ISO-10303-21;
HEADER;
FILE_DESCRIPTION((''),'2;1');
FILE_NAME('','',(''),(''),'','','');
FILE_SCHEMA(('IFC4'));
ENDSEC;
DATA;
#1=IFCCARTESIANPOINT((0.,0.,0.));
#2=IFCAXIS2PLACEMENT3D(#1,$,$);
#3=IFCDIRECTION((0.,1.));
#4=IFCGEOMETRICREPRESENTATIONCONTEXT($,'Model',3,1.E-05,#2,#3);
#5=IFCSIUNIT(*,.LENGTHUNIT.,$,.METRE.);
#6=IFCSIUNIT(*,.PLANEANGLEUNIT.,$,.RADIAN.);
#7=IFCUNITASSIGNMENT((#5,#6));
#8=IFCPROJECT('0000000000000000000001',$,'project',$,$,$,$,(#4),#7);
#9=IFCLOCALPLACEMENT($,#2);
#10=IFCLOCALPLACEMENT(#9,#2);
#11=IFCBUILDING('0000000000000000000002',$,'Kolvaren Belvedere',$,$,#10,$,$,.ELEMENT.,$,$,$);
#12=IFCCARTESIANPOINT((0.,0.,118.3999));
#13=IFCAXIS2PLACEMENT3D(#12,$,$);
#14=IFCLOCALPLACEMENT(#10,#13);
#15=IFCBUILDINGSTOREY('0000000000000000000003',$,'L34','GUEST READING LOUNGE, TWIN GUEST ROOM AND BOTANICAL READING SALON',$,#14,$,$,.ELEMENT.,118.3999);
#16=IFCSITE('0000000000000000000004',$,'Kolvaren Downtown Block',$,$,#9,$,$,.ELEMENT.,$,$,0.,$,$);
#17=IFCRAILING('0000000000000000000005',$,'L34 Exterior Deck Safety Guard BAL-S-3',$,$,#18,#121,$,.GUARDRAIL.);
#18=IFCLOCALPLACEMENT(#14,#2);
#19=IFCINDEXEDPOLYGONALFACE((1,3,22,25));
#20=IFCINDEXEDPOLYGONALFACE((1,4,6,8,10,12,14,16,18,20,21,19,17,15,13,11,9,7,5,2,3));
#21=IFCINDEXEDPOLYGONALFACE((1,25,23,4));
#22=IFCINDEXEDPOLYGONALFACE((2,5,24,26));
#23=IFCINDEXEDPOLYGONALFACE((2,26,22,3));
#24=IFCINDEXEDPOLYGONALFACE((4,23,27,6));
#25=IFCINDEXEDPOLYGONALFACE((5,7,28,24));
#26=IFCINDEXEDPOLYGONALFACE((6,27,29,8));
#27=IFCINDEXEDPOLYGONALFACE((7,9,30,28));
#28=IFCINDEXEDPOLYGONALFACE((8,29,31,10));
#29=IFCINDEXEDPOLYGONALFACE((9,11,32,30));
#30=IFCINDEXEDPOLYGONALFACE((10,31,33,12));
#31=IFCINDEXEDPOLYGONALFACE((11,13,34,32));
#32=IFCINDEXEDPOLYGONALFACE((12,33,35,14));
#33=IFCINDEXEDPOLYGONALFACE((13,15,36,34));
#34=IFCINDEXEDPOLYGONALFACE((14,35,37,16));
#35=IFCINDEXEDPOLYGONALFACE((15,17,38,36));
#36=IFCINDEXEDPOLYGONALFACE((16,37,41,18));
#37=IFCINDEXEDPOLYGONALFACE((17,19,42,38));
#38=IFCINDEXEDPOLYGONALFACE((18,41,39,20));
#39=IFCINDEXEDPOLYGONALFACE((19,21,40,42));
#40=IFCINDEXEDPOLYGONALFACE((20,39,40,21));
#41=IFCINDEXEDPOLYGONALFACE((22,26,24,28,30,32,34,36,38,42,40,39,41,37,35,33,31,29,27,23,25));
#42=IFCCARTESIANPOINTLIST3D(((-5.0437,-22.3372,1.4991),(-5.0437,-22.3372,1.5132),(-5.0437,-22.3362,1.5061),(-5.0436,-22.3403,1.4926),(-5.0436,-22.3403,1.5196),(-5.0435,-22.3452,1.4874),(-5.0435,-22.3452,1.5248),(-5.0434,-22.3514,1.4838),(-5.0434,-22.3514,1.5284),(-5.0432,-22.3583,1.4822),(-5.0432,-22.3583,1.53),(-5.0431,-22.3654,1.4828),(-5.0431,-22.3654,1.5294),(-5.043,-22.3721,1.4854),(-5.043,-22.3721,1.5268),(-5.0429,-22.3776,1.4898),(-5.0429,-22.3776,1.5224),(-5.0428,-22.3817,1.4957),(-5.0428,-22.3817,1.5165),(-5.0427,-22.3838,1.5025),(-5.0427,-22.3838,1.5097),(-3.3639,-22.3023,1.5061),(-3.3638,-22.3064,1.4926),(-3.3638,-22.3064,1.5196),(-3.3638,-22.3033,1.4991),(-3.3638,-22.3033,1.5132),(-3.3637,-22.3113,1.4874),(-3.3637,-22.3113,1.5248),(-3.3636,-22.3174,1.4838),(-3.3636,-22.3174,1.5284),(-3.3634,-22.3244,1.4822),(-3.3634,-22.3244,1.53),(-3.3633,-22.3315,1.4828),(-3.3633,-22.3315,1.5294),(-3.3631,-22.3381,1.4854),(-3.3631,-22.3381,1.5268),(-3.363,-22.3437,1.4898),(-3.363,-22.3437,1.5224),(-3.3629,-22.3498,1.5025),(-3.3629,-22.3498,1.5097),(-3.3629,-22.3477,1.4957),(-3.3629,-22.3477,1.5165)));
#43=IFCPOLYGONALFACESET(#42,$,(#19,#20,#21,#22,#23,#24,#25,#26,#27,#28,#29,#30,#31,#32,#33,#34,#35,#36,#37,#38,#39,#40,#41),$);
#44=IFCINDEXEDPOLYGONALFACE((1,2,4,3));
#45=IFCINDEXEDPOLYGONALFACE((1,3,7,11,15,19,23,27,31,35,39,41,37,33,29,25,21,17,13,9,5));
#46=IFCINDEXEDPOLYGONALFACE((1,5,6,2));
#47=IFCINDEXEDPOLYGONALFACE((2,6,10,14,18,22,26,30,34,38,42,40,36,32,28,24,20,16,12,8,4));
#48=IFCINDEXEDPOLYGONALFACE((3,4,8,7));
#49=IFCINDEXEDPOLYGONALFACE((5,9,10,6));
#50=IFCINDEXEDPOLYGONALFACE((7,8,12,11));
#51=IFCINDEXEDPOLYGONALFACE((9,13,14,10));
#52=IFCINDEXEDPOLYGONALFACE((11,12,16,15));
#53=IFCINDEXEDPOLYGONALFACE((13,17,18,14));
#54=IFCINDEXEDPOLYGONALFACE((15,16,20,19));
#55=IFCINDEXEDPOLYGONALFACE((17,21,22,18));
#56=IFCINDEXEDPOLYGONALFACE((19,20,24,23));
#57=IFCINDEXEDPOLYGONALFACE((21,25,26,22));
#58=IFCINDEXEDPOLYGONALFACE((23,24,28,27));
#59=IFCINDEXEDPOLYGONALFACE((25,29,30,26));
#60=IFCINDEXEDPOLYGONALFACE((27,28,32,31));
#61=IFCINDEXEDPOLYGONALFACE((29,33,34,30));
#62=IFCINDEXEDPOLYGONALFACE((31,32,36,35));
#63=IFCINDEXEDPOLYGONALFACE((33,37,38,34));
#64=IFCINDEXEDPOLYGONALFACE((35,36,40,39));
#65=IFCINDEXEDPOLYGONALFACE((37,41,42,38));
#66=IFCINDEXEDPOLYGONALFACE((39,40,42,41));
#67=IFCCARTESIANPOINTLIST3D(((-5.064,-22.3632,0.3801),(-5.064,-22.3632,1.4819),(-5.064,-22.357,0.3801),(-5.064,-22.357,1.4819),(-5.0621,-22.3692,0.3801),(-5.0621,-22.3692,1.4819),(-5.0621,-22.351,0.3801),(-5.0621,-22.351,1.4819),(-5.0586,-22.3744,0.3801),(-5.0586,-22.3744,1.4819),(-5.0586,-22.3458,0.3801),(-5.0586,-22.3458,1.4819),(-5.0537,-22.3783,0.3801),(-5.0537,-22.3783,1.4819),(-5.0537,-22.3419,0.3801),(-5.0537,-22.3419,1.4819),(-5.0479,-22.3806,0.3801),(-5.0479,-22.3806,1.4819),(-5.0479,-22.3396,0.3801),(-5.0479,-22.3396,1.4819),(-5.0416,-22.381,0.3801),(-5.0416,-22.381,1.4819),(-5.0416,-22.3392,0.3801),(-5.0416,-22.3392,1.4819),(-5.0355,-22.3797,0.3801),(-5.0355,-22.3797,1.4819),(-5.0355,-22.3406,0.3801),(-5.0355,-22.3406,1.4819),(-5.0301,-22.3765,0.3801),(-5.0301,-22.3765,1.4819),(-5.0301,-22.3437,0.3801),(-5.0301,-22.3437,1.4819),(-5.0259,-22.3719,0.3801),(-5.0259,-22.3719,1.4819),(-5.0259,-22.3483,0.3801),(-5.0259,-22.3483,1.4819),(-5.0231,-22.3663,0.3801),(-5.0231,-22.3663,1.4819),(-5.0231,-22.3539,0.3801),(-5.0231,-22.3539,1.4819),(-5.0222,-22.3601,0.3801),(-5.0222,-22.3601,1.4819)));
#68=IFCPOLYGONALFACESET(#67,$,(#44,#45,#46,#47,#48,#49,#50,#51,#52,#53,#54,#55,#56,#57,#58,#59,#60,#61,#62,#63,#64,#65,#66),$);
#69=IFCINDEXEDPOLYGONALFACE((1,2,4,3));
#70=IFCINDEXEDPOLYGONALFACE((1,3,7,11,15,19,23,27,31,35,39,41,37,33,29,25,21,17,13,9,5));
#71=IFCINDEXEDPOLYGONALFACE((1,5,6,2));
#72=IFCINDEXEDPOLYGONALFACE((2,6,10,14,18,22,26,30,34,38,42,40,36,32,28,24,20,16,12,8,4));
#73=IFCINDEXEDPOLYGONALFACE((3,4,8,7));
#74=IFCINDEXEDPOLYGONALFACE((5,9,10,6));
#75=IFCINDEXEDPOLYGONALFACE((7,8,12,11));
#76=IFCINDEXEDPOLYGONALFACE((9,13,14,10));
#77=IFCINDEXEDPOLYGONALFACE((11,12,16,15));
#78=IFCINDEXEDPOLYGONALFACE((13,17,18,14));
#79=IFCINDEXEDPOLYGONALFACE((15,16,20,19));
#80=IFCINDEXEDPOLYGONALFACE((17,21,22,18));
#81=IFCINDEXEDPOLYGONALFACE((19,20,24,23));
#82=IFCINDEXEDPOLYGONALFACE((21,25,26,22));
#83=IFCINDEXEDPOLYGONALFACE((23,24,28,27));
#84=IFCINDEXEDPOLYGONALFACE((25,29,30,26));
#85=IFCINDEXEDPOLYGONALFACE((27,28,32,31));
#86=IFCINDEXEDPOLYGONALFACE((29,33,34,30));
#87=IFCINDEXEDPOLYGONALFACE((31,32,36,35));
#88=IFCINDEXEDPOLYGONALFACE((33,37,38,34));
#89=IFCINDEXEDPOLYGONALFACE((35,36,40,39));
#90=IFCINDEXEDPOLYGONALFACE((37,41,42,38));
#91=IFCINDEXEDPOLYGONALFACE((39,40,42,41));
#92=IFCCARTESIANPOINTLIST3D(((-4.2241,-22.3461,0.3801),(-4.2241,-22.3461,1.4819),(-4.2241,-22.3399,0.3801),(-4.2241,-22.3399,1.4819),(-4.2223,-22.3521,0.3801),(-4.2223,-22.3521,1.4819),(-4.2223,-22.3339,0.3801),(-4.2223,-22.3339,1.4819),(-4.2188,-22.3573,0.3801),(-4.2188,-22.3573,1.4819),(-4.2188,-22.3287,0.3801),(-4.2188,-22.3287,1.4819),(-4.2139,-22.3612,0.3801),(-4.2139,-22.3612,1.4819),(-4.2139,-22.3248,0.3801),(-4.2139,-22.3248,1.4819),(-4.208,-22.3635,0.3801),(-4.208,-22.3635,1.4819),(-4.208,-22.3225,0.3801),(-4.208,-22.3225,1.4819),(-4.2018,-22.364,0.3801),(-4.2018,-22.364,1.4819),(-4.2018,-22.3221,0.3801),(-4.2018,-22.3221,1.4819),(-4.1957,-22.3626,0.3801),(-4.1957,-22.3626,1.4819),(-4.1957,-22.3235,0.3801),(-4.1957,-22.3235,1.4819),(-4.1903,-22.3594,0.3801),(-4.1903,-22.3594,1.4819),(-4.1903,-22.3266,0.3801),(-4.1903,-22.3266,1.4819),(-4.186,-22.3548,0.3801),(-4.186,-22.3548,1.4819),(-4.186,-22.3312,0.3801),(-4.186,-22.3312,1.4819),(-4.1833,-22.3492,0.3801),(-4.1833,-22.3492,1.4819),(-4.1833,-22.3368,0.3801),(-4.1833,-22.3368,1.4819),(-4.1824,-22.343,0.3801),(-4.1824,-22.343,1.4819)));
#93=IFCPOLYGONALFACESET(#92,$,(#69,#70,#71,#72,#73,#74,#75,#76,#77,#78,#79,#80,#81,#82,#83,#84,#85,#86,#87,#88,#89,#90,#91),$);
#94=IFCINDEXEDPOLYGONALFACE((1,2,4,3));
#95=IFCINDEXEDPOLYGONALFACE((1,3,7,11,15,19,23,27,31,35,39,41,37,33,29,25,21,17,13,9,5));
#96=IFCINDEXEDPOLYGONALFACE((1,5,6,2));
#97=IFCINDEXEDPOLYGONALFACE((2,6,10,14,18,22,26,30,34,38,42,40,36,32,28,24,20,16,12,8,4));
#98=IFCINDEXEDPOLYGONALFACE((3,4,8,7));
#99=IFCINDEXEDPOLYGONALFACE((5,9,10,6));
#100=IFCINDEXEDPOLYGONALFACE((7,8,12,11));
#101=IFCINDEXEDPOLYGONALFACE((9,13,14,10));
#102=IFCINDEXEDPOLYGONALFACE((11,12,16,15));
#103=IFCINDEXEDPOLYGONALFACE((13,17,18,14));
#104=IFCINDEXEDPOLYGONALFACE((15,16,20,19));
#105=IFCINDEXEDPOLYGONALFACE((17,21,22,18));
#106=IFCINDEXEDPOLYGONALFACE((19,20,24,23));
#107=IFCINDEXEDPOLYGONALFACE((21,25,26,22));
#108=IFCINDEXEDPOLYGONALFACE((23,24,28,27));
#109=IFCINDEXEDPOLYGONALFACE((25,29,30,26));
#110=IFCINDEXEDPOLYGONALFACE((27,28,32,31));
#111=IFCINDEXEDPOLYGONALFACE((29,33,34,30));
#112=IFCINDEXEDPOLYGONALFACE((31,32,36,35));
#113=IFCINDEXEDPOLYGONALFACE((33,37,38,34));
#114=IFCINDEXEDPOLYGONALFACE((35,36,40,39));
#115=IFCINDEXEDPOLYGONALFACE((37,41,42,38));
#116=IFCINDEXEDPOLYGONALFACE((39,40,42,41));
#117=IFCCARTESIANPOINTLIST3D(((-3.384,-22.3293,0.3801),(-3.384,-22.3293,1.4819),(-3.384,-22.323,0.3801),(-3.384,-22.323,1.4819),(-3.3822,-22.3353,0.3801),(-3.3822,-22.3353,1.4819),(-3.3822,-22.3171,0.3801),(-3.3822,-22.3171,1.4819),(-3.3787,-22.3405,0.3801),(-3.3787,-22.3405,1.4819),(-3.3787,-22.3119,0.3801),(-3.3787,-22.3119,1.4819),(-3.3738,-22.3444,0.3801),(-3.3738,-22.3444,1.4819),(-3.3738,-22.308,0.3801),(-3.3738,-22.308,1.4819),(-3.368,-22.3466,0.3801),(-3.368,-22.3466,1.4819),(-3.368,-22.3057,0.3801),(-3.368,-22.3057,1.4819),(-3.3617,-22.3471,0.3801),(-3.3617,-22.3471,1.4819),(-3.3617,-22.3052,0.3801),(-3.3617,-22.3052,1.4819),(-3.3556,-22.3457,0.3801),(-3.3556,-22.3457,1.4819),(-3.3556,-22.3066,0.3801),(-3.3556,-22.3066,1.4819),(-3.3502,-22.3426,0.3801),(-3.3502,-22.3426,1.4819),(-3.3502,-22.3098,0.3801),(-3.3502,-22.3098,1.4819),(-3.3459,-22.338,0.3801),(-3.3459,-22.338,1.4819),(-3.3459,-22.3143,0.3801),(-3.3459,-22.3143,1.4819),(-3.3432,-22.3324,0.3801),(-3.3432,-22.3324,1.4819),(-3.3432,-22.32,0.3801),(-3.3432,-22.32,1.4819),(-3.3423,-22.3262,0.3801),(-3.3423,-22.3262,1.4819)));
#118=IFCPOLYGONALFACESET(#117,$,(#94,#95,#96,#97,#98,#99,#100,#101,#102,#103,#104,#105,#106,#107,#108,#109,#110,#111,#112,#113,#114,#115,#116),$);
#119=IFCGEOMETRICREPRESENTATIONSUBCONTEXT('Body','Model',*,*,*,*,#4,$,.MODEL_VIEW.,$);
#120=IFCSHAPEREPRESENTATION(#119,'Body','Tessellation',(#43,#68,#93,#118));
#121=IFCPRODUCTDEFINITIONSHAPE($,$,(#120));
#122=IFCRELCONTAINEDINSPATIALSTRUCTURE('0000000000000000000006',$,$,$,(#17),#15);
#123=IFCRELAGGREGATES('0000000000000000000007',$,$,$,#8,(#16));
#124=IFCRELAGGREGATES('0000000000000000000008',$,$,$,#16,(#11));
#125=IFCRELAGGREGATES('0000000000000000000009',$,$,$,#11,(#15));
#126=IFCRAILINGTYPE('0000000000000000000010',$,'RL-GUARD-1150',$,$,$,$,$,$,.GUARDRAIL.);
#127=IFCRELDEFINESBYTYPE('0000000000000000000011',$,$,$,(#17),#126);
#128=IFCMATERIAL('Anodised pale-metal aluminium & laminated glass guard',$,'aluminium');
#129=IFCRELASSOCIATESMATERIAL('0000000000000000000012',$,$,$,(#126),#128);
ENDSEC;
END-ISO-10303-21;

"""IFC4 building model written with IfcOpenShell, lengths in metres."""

from ifc_helpers import new_model, si_unit, direction, frame, origin, origin_2d, place, context, subcontext, project, spatial, circle, extrude, material, type_object, element, save


model = new_model("IFC4")

# Units and contexts
model_context = context("Model", 3, precision=1e-05, world=origin(), true_north=direction((0.0, 1.0)))
body_context = subcontext(model_context, "Body", "Model", "MODEL_VIEW")
ifc_project = project(units=[si_unit("LENGTHUNIT", "METRE"), si_unit("PLANEANGLEUNIT", "RADIAN")], contexts=[model_context])

# Site, building, storey
site_placement = place(None, origin())
site = spatial("IfcSite", under=ifc_project, at=site_placement, Name="Kolvaren Downtown Block", CompositionType="ELEMENT", RefElevation=0.0)
building_placement = place(site_placement, origin())
building = spatial("IfcBuilding", under=site, at=building_placement, Name="Kolvaren Belvedere", CompositionType="ELEMENT")
storey_placement = place(building_placement, frame((0.0, 0.0, 118.3999)))
storey = spatial("IfcBuildingStorey", under=building, at=storey_placement, Name="L34", Description="GUEST READING LOUNGE, TWIN GUEST ROOM AND BOTANICAL READING SALON", CompositionType="ELEMENT", Elevation=118.3999)

# Railing
ifc_material_1 = material(Name="Anodised pale-metal aluminium & laminated glass guard", Category="aluminium")
railing_type = type_object("IfcRailingType", Name="RL-GUARD-1150", PredefinedType="GUARDRAIL", material=ifc_material_1)
railing_1_placement = place(storey_placement, frame((-5.0432, -22.3601, 0.3801)))
element("IfcRailing", 1, at=railing_1_placement, inside=storey, type_object=railing_type, Name="L34 Exterior Deck Safety Guard BAL-S-3", PredefinedType="GUARDRAIL", context=body_context, shape_type="SweptSolid", body=[
    extrude(circle(Radius=0.0239, at=origin_2d()), frame((0.0, 0.0, 1.126), z_axis=(0.999796, 0.020196, 0.0), x_axis=(-0.020196, 0.999796, 0.0)), (0.0, 0.0, 1.0), 1.6802),
    extrude(circle(Radius=0.021, at=origin_2d()), origin(), (0.0, 0.0, 1.0), 1.1018),
    extrude(circle(Radius=0.021, at=origin_2d()), frame((0.8398, 0.0171, 0.0)), (0.0, 0.0, 1.0), 1.1018),
    extrude(circle(Radius=0.021, at=origin_2d()), frame((1.6799, 0.0339, 0.0)), (0.0, 0.0, 1.0), 1.1018),
])

save(model, "model.ifc")
